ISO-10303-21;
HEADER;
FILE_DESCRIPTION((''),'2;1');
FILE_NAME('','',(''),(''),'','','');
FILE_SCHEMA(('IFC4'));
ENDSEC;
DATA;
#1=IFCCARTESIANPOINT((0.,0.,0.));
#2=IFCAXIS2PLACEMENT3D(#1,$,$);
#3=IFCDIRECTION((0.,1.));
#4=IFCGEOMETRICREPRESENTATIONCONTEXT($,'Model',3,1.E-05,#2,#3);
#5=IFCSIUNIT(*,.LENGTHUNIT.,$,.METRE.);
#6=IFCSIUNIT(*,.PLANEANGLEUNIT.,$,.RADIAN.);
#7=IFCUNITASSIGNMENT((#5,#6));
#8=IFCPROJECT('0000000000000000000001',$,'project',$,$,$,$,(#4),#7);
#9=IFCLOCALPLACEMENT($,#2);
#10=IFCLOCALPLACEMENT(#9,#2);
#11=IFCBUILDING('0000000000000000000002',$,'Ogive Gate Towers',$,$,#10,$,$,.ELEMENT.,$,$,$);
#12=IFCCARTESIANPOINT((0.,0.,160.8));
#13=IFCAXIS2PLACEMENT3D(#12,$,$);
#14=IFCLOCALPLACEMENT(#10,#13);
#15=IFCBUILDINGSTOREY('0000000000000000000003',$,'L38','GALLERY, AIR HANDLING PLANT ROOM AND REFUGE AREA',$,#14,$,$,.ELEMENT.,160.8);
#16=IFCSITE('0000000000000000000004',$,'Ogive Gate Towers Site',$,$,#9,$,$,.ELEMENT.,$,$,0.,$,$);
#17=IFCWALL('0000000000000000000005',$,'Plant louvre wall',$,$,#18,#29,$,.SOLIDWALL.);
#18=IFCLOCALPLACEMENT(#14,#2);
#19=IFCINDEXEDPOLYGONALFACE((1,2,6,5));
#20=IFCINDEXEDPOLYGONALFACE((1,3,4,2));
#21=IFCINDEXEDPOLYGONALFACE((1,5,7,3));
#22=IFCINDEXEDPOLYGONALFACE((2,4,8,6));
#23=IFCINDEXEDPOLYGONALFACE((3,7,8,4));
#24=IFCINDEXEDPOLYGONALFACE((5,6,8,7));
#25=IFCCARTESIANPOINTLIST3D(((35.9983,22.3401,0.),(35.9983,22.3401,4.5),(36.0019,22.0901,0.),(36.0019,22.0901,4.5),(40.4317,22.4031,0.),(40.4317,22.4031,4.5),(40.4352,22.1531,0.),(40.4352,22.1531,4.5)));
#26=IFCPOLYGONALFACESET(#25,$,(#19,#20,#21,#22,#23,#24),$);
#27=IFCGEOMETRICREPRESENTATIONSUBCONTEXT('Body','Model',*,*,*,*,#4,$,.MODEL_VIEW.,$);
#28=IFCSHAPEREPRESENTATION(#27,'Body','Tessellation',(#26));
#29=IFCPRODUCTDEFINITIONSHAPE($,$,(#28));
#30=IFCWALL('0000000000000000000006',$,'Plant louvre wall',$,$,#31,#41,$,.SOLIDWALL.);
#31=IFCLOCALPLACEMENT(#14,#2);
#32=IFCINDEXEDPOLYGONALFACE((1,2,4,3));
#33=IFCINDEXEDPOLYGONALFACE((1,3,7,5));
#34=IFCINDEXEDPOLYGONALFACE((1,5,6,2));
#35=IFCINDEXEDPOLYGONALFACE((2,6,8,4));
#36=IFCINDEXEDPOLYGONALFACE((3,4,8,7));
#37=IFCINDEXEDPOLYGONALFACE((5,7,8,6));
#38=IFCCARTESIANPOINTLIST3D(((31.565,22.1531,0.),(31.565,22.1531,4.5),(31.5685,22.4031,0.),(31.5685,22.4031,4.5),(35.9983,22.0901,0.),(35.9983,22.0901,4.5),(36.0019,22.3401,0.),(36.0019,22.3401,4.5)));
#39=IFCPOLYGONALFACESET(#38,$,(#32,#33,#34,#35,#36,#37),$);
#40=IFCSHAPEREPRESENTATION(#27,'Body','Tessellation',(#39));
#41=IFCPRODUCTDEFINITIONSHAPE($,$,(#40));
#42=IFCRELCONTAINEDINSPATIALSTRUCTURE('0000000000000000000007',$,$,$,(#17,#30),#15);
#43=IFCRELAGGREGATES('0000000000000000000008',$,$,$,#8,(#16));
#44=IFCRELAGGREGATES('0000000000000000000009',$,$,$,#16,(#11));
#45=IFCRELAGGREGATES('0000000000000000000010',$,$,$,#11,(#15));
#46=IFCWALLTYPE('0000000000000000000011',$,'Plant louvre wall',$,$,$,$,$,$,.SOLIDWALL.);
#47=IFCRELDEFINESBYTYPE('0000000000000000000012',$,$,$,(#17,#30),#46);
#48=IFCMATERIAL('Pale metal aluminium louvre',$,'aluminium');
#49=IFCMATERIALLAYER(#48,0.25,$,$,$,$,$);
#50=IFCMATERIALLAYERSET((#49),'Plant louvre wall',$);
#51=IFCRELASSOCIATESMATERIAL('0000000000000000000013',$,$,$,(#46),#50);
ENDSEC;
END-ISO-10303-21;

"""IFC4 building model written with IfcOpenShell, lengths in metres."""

from ifc_helpers import new_model, si_unit, direction, frame, frame_2d, origin, place, context, subcontext, project, spatial, rectangle, extrude, material, layer, layer_set, type_object, element, save


model = new_model("IFC4")

# Units and contexts
model_context = context("Model", 3, precision=1e-05, world=origin(), true_north=direction((0.0, 1.0)))
body_context = subcontext(model_context, "Body", "Model", "MODEL_VIEW")
ifc_project = project(units=[si_unit("LENGTHUNIT", "METRE"), si_unit("PLANEANGLEUNIT", "RADIAN")], contexts=[model_context])

# Site, building, storey
site_placement = place(None, origin())
site = spatial("IfcSite", under=ifc_project, at=site_placement, Name="Ogive Gate Towers Site", CompositionType="ELEMENT", RefElevation=0.0)
building_placement = place(site_placement, origin())
building = spatial("IfcBuilding", under=site, at=building_placement, Name="Ogive Gate Towers", CompositionType="ELEMENT")
storey_placement = place(building_placement, frame((0.0, 0.0, 160.8)))
storey = spatial("IfcBuildingStorey", under=building, at=storey_placement, Name="L38", Description="GALLERY, AIR HANDLING PLANT ROOM AND REFUGE AREA", CompositionType="ELEMENT", Elevation=160.8)

# Walls
ifc_material_1 = material(Name="Pale metal aluminium louvre", Category="aluminium")
ifc_layer_1 = layer(ifc_material_1, 0.25)
ifc_layer_set_1 = layer_set([ifc_layer_1], Name="Plant louvre wall")
wall_type_1 = type_object("IfcWallType", Name="Plant louvre wall", PredefinedType="SOLIDWALL", material=ifc_layer_set_1)
for number, where, z_axis, x_axis, name in (
    (1, (40.4333, 22.2781, 0.0), (0.0, 0.0, 1.0), (-0.999899, -0.014206, 0.0), "Plant louvre wall"),
    (2, (36.0, 22.2151, 0.0), (0.0, 0.0, 1.0), (-0.999899, 0.014206, 0.0), "Plant louvre wall"),
):
    element("IfcWall", number, at=place(storey_placement, frame(where, z_axis=z_axis, x_axis=x_axis)), inside=storey, type_object=wall_type_1, Name=name, PredefinedType="SOLIDWALL", context=body_context, shape_type="SweptSolid", body=[
        extrude(rectangle(XDim=4.4338, YDim=0.25, at=frame_2d((2.2168, 0.0))), origin(), (0.0, 0.0, 1.0), 4.5),
    ])

save(model, "model.ifc")
